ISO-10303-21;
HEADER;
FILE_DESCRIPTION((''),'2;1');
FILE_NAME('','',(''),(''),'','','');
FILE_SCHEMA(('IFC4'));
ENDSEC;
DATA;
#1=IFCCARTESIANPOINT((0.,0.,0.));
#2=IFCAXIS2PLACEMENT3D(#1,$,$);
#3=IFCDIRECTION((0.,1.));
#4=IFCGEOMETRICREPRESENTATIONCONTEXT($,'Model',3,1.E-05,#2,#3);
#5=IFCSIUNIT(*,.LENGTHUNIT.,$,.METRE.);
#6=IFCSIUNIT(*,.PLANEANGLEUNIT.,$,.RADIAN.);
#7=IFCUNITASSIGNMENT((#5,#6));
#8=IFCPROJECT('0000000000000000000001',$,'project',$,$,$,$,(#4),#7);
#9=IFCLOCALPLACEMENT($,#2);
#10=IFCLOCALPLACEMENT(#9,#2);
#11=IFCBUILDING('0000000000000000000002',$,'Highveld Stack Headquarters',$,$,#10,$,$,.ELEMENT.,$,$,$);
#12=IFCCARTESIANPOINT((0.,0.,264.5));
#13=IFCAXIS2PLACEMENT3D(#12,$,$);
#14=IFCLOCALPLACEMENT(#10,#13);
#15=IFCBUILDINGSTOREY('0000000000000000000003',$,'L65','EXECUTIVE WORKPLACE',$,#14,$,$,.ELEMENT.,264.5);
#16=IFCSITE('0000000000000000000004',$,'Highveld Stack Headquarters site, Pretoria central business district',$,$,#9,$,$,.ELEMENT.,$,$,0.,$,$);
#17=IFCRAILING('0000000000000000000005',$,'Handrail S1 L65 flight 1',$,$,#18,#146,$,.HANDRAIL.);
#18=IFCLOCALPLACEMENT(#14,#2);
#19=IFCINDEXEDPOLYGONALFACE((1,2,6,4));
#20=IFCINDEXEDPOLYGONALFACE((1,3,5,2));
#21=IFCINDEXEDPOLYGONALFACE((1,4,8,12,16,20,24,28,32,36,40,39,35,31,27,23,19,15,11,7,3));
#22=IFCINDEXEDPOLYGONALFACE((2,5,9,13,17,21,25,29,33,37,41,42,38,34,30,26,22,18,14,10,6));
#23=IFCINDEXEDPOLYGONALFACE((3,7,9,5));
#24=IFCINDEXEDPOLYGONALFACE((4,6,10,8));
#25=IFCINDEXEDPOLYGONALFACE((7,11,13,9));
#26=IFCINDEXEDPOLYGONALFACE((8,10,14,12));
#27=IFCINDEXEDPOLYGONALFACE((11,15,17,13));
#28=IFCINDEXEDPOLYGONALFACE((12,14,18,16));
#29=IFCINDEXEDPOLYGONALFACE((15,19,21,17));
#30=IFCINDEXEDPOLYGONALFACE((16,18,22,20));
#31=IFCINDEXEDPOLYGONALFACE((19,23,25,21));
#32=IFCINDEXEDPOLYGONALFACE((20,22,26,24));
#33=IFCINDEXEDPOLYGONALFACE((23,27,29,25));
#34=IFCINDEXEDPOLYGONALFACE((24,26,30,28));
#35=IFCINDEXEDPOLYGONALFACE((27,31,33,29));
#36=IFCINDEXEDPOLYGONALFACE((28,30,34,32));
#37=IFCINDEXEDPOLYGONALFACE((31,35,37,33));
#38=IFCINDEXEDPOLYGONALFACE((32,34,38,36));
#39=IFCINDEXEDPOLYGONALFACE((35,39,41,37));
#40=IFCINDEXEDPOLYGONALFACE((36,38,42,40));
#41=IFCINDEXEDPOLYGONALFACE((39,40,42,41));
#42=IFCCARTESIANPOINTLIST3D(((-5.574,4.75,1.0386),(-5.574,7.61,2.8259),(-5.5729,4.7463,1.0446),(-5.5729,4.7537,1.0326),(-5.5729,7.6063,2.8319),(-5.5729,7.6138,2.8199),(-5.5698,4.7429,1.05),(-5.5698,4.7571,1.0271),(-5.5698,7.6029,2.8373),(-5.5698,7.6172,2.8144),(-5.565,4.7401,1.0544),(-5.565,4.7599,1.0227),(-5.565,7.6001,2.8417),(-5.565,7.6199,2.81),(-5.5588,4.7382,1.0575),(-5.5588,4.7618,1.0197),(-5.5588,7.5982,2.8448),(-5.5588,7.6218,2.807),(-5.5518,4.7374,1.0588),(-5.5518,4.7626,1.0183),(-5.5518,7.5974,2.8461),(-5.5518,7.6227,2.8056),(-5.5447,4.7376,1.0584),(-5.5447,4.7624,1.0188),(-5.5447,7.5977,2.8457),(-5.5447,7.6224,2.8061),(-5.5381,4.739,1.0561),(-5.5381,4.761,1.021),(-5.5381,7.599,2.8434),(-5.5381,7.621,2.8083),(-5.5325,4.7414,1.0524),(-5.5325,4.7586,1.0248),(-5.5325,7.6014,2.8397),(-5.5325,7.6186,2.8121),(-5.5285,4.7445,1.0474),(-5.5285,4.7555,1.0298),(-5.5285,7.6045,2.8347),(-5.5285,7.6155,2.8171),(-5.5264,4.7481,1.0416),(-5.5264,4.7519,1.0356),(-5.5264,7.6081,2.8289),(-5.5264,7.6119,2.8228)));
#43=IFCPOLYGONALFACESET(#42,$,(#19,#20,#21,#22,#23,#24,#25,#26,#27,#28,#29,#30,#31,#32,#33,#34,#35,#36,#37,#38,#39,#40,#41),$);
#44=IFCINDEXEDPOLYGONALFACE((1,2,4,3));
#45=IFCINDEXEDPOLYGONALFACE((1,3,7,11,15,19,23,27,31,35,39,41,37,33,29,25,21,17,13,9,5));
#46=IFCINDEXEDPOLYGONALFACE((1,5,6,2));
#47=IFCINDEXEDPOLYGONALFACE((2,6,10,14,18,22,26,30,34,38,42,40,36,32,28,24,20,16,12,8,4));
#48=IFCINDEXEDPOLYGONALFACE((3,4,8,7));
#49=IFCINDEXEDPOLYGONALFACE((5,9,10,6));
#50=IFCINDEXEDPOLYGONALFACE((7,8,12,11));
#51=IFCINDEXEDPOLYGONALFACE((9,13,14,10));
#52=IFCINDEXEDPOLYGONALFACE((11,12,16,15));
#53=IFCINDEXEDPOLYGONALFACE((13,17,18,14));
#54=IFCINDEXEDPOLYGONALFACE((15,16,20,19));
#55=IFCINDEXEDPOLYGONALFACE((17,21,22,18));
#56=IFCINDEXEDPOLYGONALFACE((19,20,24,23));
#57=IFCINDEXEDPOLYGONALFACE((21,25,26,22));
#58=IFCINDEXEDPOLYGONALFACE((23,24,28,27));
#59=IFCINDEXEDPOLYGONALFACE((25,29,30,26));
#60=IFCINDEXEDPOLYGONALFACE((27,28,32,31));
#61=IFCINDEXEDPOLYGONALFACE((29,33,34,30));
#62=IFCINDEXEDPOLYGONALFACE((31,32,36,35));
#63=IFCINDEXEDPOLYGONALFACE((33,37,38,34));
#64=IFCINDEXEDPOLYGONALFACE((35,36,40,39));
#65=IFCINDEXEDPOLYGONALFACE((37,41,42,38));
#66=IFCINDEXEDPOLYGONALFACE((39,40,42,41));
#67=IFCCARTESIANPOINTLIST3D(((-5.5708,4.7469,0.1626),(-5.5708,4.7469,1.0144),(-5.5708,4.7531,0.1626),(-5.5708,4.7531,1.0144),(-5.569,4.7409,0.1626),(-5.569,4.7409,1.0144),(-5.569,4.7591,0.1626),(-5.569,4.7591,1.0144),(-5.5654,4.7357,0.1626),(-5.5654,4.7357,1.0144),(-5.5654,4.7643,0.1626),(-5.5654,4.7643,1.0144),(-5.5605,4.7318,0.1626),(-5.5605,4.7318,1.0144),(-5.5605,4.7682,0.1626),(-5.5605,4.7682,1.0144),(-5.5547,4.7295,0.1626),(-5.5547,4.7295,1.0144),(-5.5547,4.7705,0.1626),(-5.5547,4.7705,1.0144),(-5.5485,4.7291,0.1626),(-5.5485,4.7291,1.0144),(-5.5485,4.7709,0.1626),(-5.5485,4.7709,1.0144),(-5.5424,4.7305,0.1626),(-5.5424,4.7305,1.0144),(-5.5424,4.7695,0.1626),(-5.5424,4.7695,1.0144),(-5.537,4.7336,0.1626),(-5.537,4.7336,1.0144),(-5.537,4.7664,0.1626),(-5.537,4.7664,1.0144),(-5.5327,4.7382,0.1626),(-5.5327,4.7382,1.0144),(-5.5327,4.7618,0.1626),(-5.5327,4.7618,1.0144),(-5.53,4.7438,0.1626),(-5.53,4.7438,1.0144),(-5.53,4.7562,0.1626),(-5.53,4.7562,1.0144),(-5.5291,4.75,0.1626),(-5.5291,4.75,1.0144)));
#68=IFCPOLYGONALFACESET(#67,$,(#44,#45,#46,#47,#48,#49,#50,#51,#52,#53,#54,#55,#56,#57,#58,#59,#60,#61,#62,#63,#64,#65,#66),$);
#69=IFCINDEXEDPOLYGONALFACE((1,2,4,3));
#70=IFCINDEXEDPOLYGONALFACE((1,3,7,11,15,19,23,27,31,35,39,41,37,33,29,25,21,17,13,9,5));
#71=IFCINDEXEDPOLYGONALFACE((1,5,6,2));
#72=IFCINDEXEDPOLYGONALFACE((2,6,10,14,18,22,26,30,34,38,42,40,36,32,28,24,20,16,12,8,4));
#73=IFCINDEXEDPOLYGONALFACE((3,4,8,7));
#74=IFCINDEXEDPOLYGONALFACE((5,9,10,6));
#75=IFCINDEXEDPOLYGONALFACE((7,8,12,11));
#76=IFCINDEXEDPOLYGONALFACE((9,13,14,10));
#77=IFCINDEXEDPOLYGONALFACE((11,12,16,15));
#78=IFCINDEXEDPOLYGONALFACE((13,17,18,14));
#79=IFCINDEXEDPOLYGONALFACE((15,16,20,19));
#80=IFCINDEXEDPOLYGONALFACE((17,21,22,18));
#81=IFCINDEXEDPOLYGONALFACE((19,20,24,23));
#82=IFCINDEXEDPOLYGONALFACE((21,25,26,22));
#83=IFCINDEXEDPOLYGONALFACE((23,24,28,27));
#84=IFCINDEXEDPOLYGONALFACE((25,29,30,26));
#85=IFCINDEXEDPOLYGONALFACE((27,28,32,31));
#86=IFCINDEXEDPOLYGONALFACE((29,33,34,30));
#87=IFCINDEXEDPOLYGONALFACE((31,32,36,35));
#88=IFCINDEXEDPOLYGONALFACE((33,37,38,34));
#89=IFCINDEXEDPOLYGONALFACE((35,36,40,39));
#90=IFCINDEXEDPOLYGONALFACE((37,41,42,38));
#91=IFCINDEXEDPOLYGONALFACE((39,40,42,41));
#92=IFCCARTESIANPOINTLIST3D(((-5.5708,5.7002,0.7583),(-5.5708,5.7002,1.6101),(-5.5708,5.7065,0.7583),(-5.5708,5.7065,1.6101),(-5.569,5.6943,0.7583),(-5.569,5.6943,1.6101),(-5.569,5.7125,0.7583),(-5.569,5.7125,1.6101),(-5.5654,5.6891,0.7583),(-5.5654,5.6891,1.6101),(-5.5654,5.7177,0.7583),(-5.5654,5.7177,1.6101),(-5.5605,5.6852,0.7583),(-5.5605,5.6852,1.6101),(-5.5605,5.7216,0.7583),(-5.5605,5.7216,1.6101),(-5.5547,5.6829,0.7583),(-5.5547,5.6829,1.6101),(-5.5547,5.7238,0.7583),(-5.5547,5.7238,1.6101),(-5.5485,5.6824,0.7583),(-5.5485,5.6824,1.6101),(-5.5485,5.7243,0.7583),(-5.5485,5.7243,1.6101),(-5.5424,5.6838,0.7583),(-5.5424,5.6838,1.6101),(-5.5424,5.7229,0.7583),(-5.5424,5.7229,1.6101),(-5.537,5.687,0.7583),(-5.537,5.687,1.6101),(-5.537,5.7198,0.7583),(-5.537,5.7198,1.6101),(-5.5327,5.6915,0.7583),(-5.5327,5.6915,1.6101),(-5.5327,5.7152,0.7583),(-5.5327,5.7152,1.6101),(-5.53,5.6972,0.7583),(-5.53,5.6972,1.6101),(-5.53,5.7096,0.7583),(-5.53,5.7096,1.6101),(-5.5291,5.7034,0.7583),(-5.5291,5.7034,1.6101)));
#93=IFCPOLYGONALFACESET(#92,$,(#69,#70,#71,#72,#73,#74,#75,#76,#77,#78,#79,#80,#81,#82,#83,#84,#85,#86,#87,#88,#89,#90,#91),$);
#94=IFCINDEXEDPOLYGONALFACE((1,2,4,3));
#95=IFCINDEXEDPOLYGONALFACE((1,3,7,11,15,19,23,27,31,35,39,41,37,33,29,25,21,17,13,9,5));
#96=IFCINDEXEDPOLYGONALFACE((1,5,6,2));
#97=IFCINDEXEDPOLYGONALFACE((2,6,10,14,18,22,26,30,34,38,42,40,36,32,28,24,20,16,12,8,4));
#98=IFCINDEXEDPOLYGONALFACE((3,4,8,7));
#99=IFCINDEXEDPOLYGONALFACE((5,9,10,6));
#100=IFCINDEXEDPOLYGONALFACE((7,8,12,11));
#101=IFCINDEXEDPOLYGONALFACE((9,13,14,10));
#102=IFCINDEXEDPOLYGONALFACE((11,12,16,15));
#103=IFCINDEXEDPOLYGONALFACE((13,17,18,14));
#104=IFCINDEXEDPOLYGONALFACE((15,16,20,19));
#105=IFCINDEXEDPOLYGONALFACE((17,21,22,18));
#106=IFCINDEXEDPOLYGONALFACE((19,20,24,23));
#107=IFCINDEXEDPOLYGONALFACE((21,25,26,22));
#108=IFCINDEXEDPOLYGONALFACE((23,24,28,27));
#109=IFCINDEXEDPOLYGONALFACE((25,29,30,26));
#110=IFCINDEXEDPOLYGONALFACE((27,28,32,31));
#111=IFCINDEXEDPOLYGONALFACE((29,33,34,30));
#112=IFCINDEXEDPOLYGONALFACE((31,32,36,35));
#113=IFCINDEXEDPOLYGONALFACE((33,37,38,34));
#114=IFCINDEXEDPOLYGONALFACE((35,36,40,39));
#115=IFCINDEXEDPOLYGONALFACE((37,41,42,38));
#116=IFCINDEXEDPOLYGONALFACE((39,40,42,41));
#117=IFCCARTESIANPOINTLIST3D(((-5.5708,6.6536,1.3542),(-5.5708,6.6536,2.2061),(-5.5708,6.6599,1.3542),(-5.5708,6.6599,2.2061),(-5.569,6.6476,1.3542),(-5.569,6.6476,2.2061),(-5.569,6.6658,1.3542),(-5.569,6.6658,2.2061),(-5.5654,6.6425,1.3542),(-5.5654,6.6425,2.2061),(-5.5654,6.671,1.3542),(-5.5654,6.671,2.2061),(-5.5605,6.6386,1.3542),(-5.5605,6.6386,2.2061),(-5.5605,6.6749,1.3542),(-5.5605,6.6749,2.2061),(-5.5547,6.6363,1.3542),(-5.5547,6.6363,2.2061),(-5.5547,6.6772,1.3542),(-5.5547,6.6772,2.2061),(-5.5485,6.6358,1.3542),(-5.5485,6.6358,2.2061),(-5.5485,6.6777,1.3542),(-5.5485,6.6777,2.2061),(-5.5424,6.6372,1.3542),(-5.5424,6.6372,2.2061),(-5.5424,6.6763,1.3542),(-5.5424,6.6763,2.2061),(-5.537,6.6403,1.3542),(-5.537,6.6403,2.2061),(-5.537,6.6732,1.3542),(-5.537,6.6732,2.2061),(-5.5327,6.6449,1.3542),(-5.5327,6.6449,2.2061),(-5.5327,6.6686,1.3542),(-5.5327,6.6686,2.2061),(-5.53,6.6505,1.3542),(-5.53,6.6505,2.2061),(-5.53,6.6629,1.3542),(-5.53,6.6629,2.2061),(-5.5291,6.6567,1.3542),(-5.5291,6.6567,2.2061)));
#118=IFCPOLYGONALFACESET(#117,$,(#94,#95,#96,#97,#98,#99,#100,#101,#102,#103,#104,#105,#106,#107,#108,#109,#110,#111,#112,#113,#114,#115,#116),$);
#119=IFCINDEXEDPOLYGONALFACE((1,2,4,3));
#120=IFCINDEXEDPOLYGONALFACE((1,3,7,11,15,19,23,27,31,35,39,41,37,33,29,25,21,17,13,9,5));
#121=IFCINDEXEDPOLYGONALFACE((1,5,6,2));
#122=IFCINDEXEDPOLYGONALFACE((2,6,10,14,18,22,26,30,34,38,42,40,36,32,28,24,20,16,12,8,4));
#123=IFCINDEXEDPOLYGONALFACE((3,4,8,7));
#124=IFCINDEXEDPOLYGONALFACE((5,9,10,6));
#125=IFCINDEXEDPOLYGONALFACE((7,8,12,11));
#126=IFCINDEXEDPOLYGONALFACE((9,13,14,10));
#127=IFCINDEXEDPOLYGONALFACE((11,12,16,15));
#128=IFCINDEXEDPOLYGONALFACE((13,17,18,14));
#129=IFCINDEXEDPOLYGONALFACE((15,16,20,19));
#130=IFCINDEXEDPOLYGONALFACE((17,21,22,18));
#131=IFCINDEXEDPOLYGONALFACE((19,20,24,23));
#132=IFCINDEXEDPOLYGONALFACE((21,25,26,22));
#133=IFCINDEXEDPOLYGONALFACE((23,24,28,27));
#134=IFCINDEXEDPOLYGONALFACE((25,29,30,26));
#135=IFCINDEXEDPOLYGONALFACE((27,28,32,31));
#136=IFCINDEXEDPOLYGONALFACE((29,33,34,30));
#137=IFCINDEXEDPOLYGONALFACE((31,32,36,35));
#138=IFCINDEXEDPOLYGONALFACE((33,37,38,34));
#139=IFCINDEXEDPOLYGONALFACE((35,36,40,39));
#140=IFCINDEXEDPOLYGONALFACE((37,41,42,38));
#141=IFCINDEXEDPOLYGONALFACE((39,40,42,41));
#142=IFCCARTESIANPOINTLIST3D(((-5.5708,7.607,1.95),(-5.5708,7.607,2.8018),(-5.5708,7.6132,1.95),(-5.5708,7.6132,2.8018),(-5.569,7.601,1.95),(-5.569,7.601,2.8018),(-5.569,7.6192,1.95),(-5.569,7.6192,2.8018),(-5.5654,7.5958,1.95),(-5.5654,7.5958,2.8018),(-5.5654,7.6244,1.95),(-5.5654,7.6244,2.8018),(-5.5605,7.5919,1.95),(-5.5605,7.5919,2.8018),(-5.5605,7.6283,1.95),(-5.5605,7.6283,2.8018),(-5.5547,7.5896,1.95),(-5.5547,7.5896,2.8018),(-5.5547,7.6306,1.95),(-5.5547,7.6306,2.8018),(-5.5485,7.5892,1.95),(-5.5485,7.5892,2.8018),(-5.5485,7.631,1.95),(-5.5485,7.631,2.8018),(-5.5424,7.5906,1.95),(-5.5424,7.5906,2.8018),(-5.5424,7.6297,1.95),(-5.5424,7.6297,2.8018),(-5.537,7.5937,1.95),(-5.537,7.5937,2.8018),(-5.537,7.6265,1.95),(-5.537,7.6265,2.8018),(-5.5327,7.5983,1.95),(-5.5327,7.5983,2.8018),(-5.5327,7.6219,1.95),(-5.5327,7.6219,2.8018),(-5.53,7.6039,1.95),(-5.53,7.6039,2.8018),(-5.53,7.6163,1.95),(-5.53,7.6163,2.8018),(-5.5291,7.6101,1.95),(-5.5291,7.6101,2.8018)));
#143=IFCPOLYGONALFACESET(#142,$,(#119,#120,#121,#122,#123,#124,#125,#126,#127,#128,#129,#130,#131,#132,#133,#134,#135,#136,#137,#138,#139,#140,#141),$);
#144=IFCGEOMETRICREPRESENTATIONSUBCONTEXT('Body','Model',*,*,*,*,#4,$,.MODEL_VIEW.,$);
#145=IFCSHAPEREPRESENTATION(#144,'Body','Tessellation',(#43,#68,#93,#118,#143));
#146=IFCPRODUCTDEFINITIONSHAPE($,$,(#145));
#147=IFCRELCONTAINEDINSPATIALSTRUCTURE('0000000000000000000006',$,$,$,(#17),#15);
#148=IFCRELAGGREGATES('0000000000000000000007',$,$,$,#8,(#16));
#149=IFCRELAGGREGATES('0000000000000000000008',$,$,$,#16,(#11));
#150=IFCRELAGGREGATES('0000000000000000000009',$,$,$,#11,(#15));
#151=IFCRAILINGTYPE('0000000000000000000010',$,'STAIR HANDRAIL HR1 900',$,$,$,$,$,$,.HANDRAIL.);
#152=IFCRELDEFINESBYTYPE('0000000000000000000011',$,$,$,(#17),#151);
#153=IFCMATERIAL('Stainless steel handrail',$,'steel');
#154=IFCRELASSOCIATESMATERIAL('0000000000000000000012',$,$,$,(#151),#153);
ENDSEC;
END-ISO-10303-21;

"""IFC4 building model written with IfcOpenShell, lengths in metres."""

from ifc_helpers import new_model, si_unit, direction, frame, origin, origin_2d, place, context, subcontext, project, spatial, circle, extrude, material, type_object, element, save


model = new_model("IFC4")

# Units and contexts
model_context = context("Model", 3, precision=1e-05, world=origin(), true_north=direction((0.0, 1.0)))
body_context = subcontext(model_context, "Body", "Model", "MODEL_VIEW")
ifc_project = project(units=[si_unit("LENGTHUNIT", "METRE"), si_unit("PLANEANGLEUNIT", "RADIAN")], contexts=[model_context])

# Site, building, storey
site_placement = place(None, origin())
site = spatial("IfcSite", under=ifc_project, at=site_placement, Name="Highveld Stack Headquarters site, Pretoria central business district", CompositionType="ELEMENT", RefElevation=0.0)
building_placement = place(site_placement, origin())
building = spatial("IfcBuilding", under=site, at=building_placement, Name="Highveld Stack Headquarters", CompositionType="ELEMENT")
storey_placement = place(building_placement, frame((0.0, 0.0, 264.5)))
storey = spatial("IfcBuildingStorey", under=building, at=storey_placement, Name="L65", Description="EXECUTIVE WORKPLACE", CompositionType="ELEMENT", Elevation=264.5)

# Railing
ifc_material_1 = material(Name="Stainless steel handrail", Category="steel")
railing_type = type_object("IfcRailingType", Name="STAIR HANDRAIL HR1 900", PredefinedType="HANDRAIL", material=ifc_material_1)
railing_placement = place(storey_placement, frame((-5.55, 4.75, 0.1626)))
element("IfcRailing", 1, at=railing_placement, inside=storey, type_object=railing_type, Name="Handrail S1 L65 flight 1", PredefinedType="HANDRAIL", context=body_context, shape_type="SweptSolid", body=[
    extrude(circle(Radius=0.0239, at=origin_2d()), frame((0.0, 0.0, 0.876), z_axis=(0.0, 0.848027, 0.529953), x_axis=(-1.0, 0.0, 0.0)), (0.0, 0.0, 1.0), 3.3726),
    extrude(circle(Radius=0.021, at=origin_2d()), origin(), (0.0, 0.0, 1.0), 0.8518),
    extrude(circle(Radius=0.021, at=origin_2d()), frame((0.0, 0.9534, 0.5957)), (0.0, 0.0, 1.0), 0.8518),
    extrude(circle(Radius=0.021, at=origin_2d()), frame((0.0, 1.9067, 1.1917)), (0.0, 0.0, 1.0), 0.8518),
    extrude(circle(Radius=0.021, at=origin_2d()), frame((0.0, 2.8601, 1.7874)), (0.0, 0.0, 1.0), 0.8518),
])

save(model, "model.ifc")
